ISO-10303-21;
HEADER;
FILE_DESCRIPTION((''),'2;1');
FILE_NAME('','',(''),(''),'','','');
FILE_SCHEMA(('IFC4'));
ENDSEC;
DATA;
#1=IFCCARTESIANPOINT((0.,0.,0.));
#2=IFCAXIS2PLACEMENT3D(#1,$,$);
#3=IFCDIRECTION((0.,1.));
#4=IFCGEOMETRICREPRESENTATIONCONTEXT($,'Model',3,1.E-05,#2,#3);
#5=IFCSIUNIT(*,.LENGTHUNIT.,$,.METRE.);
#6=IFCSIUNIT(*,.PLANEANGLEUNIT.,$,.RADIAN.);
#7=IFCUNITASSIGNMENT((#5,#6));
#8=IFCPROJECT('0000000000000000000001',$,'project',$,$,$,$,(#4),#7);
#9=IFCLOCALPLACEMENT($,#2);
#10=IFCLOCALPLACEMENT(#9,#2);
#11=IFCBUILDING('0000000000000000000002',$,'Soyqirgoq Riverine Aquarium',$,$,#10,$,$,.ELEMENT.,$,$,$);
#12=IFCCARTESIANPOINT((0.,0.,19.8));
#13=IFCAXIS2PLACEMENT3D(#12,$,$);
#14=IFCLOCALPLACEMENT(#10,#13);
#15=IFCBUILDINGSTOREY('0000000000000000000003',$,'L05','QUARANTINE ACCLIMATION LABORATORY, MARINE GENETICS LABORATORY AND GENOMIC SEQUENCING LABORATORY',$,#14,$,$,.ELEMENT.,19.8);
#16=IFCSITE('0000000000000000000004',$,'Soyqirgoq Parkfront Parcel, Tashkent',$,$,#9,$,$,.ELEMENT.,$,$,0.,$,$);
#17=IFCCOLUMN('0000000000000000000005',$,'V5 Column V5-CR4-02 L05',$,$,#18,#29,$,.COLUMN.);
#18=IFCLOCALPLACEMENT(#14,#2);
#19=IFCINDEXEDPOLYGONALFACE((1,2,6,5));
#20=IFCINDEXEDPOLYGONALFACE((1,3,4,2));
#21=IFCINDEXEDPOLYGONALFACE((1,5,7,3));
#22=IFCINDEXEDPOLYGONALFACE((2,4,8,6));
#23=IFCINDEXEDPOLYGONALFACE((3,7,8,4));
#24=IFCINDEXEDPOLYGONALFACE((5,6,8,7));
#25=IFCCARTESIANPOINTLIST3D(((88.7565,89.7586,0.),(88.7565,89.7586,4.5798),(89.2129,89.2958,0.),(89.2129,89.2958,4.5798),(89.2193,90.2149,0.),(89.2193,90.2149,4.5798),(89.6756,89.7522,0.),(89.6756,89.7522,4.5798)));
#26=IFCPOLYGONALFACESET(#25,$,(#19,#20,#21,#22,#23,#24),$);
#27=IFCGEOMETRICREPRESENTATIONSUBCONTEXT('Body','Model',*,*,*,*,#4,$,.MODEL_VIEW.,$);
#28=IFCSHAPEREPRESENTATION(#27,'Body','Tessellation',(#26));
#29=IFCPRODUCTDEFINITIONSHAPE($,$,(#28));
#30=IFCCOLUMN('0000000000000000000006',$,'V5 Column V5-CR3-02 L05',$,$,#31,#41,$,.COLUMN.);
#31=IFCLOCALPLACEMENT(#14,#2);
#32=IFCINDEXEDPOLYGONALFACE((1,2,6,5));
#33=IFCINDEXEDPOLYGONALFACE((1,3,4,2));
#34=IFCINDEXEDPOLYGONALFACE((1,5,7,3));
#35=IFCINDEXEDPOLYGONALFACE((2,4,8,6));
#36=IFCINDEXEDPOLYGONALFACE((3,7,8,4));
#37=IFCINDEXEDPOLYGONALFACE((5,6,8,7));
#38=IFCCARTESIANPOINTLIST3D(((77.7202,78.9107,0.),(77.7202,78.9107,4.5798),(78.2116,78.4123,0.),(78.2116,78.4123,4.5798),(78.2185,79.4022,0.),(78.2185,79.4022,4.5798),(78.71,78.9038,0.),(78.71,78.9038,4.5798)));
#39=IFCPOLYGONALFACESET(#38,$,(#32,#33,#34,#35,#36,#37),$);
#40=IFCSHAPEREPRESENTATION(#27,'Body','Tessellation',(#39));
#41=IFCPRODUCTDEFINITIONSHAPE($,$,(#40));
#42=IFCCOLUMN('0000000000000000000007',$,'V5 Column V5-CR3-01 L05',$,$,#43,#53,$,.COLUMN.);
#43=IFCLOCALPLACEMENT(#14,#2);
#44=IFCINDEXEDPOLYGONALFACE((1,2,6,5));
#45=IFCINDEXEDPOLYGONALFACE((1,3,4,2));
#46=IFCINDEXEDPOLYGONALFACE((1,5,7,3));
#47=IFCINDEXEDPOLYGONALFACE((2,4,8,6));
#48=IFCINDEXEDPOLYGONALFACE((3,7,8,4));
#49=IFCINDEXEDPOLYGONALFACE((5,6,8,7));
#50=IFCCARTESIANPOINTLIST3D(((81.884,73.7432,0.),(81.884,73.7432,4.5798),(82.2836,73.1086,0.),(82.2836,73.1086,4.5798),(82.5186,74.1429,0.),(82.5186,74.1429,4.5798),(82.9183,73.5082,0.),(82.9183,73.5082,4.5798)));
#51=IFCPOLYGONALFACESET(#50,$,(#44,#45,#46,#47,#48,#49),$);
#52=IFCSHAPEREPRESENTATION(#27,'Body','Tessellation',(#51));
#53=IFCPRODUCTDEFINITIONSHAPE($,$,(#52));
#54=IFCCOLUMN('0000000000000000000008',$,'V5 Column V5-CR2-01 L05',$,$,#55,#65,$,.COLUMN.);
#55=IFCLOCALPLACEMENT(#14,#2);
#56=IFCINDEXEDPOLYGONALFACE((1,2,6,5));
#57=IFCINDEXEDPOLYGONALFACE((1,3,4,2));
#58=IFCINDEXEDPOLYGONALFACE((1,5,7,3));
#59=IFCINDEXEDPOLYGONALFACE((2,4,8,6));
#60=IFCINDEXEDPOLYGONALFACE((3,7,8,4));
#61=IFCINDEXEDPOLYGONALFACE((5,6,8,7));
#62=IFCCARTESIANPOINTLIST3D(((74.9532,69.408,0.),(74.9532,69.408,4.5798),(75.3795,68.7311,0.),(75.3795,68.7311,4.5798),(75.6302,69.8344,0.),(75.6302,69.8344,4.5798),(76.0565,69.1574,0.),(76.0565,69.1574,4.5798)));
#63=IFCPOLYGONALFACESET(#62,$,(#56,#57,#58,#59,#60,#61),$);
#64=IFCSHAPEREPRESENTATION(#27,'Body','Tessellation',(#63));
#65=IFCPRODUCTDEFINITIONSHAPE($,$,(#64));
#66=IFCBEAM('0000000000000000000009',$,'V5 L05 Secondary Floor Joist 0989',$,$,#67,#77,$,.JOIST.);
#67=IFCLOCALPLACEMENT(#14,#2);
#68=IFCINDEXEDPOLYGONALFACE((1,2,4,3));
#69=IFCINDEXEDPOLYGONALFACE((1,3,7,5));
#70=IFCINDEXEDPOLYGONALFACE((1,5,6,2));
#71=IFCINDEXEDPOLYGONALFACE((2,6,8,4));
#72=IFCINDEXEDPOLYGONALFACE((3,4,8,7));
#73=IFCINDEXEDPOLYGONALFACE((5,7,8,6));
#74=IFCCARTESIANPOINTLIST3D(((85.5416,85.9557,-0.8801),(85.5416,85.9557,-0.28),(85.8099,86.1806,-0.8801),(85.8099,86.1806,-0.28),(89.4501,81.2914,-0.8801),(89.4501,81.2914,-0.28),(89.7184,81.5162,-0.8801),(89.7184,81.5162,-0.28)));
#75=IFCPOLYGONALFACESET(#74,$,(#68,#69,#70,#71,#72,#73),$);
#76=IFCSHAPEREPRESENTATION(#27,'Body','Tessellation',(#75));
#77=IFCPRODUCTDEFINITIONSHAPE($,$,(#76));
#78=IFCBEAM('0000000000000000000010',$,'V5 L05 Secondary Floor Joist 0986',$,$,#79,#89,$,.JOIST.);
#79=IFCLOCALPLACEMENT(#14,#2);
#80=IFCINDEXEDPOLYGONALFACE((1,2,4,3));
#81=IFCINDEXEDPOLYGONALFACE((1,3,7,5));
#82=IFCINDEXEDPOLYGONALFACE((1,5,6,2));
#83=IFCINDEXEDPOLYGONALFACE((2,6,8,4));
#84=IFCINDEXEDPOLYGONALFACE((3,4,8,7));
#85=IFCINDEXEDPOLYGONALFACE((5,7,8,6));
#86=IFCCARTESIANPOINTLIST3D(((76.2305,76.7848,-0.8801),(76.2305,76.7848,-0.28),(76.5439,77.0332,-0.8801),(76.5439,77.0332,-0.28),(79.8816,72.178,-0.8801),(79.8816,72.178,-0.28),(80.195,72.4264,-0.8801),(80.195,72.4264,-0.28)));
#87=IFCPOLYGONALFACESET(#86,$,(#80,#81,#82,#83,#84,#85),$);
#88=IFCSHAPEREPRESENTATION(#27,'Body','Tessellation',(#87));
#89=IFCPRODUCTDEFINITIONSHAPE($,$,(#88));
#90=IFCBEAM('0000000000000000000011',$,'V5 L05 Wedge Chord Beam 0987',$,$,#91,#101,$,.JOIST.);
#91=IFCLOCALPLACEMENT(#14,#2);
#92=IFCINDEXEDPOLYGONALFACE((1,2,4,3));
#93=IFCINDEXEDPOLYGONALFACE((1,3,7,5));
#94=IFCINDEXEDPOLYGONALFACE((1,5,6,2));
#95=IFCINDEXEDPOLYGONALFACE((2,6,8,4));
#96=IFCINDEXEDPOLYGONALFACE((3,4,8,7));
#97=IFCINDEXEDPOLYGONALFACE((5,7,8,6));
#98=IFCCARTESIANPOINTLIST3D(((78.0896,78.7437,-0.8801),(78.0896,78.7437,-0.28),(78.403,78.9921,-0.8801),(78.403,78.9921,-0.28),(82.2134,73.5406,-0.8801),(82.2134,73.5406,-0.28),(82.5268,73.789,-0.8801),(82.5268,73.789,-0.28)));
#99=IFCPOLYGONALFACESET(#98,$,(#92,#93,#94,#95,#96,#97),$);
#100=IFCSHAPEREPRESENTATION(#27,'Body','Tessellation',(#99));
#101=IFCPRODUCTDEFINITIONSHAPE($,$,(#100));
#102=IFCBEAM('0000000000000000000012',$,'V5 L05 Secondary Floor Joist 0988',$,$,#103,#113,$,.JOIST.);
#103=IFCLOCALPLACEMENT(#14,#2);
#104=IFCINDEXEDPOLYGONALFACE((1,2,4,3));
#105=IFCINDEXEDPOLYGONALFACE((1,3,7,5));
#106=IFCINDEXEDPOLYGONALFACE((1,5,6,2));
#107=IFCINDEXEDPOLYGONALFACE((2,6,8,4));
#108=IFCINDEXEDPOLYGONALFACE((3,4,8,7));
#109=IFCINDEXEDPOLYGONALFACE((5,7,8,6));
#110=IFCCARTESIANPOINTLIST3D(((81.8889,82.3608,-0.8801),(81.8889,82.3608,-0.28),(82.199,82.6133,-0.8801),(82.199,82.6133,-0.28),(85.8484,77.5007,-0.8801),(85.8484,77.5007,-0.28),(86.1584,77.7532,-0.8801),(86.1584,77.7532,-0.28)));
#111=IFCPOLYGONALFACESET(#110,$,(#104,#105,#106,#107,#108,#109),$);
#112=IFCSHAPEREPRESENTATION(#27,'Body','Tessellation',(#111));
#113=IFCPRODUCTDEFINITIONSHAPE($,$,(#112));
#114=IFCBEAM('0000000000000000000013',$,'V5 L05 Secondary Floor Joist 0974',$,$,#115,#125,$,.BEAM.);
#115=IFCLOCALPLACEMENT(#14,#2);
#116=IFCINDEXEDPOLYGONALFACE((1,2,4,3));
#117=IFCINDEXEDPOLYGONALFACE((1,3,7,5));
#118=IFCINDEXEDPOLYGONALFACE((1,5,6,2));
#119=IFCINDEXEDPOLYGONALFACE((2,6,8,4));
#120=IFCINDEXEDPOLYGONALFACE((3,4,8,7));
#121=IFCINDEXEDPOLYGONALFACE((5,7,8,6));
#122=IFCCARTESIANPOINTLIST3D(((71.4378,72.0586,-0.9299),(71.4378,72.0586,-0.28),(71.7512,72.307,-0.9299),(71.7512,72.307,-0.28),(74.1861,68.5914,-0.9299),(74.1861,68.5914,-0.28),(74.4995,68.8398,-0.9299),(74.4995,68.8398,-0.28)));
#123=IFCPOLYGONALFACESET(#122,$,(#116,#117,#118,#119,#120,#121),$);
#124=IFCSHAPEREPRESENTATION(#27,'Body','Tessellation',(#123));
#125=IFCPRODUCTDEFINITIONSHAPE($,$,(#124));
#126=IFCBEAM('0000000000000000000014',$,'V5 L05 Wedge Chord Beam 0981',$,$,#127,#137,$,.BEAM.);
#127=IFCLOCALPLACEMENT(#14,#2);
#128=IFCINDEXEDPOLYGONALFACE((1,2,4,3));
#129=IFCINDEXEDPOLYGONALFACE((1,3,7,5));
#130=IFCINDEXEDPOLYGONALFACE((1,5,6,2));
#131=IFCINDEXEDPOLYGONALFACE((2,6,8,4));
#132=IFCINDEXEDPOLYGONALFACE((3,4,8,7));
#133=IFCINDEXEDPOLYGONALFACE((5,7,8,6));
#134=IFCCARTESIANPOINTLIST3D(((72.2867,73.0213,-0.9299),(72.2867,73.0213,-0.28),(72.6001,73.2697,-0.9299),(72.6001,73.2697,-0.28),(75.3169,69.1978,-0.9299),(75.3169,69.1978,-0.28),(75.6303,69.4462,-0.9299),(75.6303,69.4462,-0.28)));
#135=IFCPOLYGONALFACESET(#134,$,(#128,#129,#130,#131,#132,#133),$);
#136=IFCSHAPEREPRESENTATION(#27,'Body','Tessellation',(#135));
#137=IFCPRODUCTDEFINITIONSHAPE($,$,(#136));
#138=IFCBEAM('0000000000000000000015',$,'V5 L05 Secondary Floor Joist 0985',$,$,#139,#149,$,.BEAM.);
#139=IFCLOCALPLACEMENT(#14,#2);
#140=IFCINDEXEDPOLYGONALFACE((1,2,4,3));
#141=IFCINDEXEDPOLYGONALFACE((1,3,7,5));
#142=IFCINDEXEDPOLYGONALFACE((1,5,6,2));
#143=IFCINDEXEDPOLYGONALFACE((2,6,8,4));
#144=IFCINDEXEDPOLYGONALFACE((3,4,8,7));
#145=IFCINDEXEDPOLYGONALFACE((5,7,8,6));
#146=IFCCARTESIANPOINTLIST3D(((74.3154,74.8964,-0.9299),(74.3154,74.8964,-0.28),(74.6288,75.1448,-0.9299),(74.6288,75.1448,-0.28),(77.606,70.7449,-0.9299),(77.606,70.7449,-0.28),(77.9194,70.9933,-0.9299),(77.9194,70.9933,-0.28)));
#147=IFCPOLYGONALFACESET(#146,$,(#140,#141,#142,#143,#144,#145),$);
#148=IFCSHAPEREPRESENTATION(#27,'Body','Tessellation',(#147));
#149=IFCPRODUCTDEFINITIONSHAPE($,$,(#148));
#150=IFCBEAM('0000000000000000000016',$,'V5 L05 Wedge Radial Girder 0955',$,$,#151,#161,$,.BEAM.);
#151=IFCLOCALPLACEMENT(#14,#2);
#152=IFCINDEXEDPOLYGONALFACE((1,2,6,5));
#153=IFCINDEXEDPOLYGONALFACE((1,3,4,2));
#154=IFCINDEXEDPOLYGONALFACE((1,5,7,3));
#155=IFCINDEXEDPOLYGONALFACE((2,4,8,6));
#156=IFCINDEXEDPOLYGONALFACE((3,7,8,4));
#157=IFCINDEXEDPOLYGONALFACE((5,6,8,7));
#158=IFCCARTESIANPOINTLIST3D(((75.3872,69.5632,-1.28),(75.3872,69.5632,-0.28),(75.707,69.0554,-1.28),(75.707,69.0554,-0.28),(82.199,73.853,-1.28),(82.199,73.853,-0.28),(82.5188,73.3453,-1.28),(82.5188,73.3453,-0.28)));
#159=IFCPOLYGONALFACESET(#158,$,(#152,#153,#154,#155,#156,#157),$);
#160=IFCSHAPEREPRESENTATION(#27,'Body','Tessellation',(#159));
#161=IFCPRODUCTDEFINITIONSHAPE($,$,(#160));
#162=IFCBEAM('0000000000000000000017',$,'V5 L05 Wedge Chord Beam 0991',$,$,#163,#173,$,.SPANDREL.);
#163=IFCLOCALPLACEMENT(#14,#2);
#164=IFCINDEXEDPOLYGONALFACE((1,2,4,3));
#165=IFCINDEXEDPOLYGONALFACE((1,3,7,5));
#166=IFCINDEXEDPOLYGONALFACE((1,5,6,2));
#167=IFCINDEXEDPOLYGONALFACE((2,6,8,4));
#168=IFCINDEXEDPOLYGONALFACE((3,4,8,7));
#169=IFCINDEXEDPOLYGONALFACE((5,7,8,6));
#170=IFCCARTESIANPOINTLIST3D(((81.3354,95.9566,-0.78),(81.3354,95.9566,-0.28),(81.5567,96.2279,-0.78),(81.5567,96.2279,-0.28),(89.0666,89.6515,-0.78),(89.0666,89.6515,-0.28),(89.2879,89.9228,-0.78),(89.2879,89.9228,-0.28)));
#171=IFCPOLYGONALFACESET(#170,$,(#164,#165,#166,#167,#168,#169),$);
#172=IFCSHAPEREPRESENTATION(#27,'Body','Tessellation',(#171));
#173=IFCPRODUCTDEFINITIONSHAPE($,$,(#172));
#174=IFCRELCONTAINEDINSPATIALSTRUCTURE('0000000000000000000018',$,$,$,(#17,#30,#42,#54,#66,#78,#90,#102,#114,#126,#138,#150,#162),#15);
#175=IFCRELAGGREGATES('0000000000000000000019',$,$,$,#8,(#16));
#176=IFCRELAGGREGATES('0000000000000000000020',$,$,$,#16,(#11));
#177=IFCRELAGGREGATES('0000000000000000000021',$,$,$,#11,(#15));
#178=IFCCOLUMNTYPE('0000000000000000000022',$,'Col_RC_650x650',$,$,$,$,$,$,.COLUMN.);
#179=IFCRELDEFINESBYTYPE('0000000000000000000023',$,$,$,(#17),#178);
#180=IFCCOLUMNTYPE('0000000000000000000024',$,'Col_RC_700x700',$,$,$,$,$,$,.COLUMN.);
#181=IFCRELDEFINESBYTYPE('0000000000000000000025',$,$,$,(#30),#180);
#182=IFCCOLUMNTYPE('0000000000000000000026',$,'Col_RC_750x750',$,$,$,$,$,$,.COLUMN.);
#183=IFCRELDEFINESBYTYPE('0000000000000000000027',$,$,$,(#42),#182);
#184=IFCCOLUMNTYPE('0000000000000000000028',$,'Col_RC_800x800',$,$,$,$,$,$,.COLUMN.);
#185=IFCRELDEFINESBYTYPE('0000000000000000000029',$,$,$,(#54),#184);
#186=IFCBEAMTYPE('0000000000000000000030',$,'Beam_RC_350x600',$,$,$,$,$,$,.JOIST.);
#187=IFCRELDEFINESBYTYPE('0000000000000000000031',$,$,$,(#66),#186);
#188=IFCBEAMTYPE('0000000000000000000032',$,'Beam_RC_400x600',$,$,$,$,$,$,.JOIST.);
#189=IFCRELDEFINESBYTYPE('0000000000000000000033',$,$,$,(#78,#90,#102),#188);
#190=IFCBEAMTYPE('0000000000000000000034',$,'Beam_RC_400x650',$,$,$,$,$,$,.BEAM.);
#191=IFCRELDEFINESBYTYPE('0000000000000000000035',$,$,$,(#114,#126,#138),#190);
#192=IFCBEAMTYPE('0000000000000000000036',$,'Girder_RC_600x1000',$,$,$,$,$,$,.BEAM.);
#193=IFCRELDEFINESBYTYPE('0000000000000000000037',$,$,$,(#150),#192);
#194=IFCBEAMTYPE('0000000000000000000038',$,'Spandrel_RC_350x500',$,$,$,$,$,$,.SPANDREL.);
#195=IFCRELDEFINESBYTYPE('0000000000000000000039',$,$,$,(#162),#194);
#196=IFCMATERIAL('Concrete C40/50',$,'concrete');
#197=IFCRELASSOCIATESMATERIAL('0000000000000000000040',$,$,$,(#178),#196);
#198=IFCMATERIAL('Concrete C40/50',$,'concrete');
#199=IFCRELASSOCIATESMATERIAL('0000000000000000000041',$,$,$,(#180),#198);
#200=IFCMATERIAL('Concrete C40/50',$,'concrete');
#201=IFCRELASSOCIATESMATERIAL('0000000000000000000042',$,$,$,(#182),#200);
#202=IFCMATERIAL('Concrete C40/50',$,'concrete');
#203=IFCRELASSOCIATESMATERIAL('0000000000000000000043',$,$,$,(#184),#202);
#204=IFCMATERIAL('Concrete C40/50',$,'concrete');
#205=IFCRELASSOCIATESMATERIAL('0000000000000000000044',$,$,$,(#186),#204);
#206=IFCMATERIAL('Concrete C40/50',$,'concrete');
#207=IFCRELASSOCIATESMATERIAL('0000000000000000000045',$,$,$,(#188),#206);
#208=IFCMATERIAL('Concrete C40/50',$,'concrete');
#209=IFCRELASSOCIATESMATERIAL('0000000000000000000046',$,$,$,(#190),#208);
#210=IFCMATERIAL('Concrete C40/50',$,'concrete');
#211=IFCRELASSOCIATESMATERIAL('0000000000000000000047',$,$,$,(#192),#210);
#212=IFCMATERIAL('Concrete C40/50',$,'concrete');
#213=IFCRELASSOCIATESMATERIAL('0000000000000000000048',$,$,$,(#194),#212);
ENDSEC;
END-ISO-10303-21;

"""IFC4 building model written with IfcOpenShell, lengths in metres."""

from ifc_helpers import new_model, si_unit, direction, frame, origin, origin_2d, place, context, subcontext, project, spatial, rectangle, extrude, material, material_profile, profile_set, type_object, element, save


model = new_model("IFC4")

# Units and contexts
model_context = context("Model", 3, precision=1e-05, world=origin(), true_north=direction((0.0, 1.0)))
body_context = subcontext(model_context, "Body", "Model", "MODEL_VIEW")
ifc_project = project(units=[si_unit("LENGTHUNIT", "METRE"), si_unit("PLANEANGLEUNIT", "RADIAN")], contexts=[model_context])

# Site, building, storey
site_placement = place(None, origin())
site = spatial("IfcSite", under=ifc_project, at=site_placement, Name="Soyqirgoq Parkfront Parcel, Tashkent", CompositionType="ELEMENT", RefElevation=0.0)
building_placement = place(site_placement, origin())
building = spatial("IfcBuilding", under=site, at=building_placement, Name="Soyqirgoq Riverine Aquarium", CompositionType="ELEMENT")
storey_placement = place(building_placement, frame((0.0, 0.0, 19.8)))
storey = spatial("IfcBuildingStorey", under=building, at=storey_placement, Name="L05", Description="QUARANTINE ACCLIMATION LABORATORY, MARINE GENETICS LABORATORY AND GENOMIC SEQUENCING LABORATORY", CompositionType="ELEMENT", Elevation=19.8)

# Columns
ifc_material_1 = material(Name="Concrete C40/50", Category="concrete")
ifc_material_profile_1 = material_profile(ifc_material_1, rectangle(XDim=0.6499, YDim=0.6499, at=origin_2d()), Name="RC 650x650")
ifc_profile_set_1 = profile_set([ifc_material_profile_1], Name="Concrete C40/50")
column_type_1 = type_object("IfcColumnType", Name="Col_RC_650x650", PredefinedType="COLUMN", material=ifc_profile_set_1)
column_1_placement = place(storey_placement, frame((89.2161, 89.7554, 0.0), z_axis=(0.0, 0.0, 1.0), x_axis=(0.712026, 0.702153, 0.0)))
element("IfcColumn", 1, at=column_1_placement, inside=storey, type_object=column_type_1, Name="V5 Column V5-CR4-02 L05", PredefinedType="COLUMN", context=body_context, shape_type="SweptSolid", body=[
    extrude(rectangle(XDim=0.6499, YDim=0.6499, at=origin_2d()), origin(), (0.0, 0.0, 1.0), 4.5798),
])
ifc_material_2 = material(Name="Concrete C40/50", Category="concrete")
ifc_material_profile_2 = material_profile(ifc_material_2, rectangle(XDim=0.7, YDim=0.7, at=origin_2d()), Name="RC 700x700")
ifc_profile_set_2 = profile_set([ifc_material_profile_2], Name="Concrete C40/50")
column_type_2 = type_object("IfcColumnType", Name="Col_RC_700x700", PredefinedType="COLUMN", material=ifc_profile_set_2)
column_2_placement = place(storey_placement, frame((78.2151, 78.9072, 0.0), z_axis=(0.0, 0.0, 1.0), x_axis=(0.712026, 0.702153, 0.0)))
element("IfcColumn", 2, at=column_2_placement, inside=storey, type_object=column_type_2, Name="V5 Column V5-CR3-02 L05", PredefinedType="COLUMN", context=body_context, shape_type="SweptSolid", body=[
    extrude(rectangle(XDim=0.7, YDim=0.7, at=origin_2d()), origin(), (0.0, 0.0, 1.0), 4.5798),
])
ifc_material_3 = material(Name="Concrete C40/50", Category="concrete")
ifc_material_profile_3 = material_profile(ifc_material_3, rectangle(XDim=0.75, YDim=0.75, at=origin_2d()), Name="RC 750x750")
ifc_profile_set_3 = profile_set([ifc_material_profile_3], Name="Concrete C40/50")
column_type_3 = type_object("IfcColumnType", Name="Col_RC_750x750", PredefinedType="COLUMN", material=ifc_profile_set_3)
column_3_placement = place(storey_placement, frame((82.4011, 73.6257, 0.0), z_axis=(0.0, 0.0, 1.0), x_axis=(0.846193, 0.532876, 0.0)))
element("IfcColumn", 3, at=column_3_placement, inside=storey, type_object=column_type_3, Name="V5 Column V5-CR3-01 L05", PredefinedType="COLUMN", context=body_context, shape_type="SweptSolid", body=[
    extrude(rectangle(XDim=0.75, YDim=0.75, at=origin_2d()), origin(), (0.0, 0.0, 1.0), 4.5798),
])
ifc_material_4 = material(Name="Concrete C40/50", Category="concrete")
ifc_material_profile_4 = material_profile(ifc_material_4, rectangle(XDim=0.8, YDim=0.8, at=origin_2d()), Name="RC 800x800")
ifc_profile_set_4 = profile_set([ifc_material_profile_4], Name="Concrete C40/50")
column_type_4 = type_object("IfcColumnType", Name="Col_RC_800x800", PredefinedType="COLUMN", material=ifc_profile_set_4)
column_4_placement = place(storey_placement, frame((75.5049, 69.2827, 0.0), z_axis=(0.0, 0.0, 1.0), x_axis=(0.846193, 0.532876, 0.0)))
element("IfcColumn", 4, at=column_4_placement, inside=storey, type_object=column_type_4, Name="V5 Column V5-CR2-01 L05", PredefinedType="COLUMN", context=body_context, shape_type="SweptSolid", body=[
    extrude(rectangle(XDim=0.8, YDim=0.8, at=origin_2d()), origin(), (0.0, 0.0, 1.0), 4.5798),
])

# Beams
ifc_material_5 = material(Name="Concrete C40/50", Category="concrete")
ifc_material_profile_5 = material_profile(ifc_material_5, rectangle(XDim=0.3501, YDim=0.6001, at=origin_2d()), Name="RC 350x600")
ifc_profile_set_5 = profile_set([ifc_material_profile_5], Name="Concrete C40/50")
beam_type_1 = type_object("IfcBeamType", Name="Beam_RC_350x600", PredefinedType="JOIST", material=ifc_profile_set_5)
beam_1_placement = place(storey_placement, frame((89.5842, 81.4038, -0.5801), z_axis=(-0.64227, 0.766479, 0.0), x_axis=(-0.766479, -0.64227, 0.0)))
element("IfcBeam", 5, at=beam_1_placement, inside=storey, type_object=beam_type_1, Name="V5 L05 Secondary Floor Joist 0989", PredefinedType="JOIST", context=body_context, shape_type="SweptSolid", body=[
    extrude(rectangle(XDim=0.3501, YDim=0.6001, at=origin_2d()), origin(), (0.0, 0.0, 1.0), 6.0854),
])
ifc_material_6 = material(Name="Concrete C40/50", Category="concrete")
ifc_material_profile_6 = material_profile(ifc_material_6, rectangle(XDim=0.3999, YDim=0.6001, at=origin_2d()), Name="RC 400x600")
ifc_profile_set_6 = profile_set([ifc_material_profile_6], Name="Concrete C40/50")
beam_type_2 = type_object("IfcBeamType", Name="Beam_RC_400x600", PredefinedType="JOIST", material=ifc_profile_set_6)
beam_2_placement = place(storey_placement, frame((80.0383, 72.3022, -0.5801), z_axis=(-0.621138, 0.783701, 0.0), x_axis=(-0.783701, -0.621138, 0.0)))
element("IfcBeam", 6, at=beam_2_placement, inside=storey, type_object=beam_type_2, Name="V5 L05 Secondary Floor Joist 0986", PredefinedType="JOIST", context=body_context, shape_type="SweptSolid", body=[
    extrude(rectangle(XDim=0.3999, YDim=0.6001, at=origin_2d()), origin(), (0.0, 0.0, 1.0), 5.8782),
])
beam_3_placement = place(storey_placement, frame((82.3701, 73.6648, -0.5801), z_axis=(-0.621132, 0.783706, 0.0), x_axis=(-0.783706, -0.621132, 0.0)))
element("IfcBeam", 7, at=beam_3_placement, inside=storey, type_object=beam_type_2, Name="V5 L05 Wedge Chord Beam 0987", PredefinedType="JOIST", context=body_context, shape_type="SweptSolid", body=[
    extrude(rectangle(XDim=0.3999, YDim=0.6001, at=origin_2d()), origin(), (0.0, 0.0, 1.0), 6.6392),
])
beam_4_placement = place(storey_placement, frame((86.0034, 77.627, -0.5801), z_axis=(-0.631614, 0.775283, 0.0), x_axis=(-0.775283, -0.631614, 0.0)))
element("IfcBeam", 8, at=beam_4_placement, inside=storey, type_object=beam_type_2, Name="V5 L05 Secondary Floor Joist 0988", PredefinedType="JOIST", context=body_context, shape_type="SweptSolid", body=[
    extrude(rectangle(XDim=0.3999, YDim=0.6001, at=origin_2d()), origin(), (0.0, 0.0, 1.0), 6.2688),
])
ifc_material_7 = material(Name="Concrete C40/50", Category="concrete")
ifc_material_profile_7 = material_profile(ifc_material_7, rectangle(XDim=0.3999, YDim=0.6499, at=origin_2d()), Name="RC 400x650")
ifc_profile_set_7 = profile_set([ifc_material_profile_7], Name="Concrete C40/50")
beam_type_3 = type_object("IfcBeamType", Name="Beam_RC_400x650", PredefinedType="BEAM", material=ifc_profile_set_7)
beam_5_placement = place(storey_placement, frame((74.3428, 68.7156, -0.605), z_axis=(-0.621169, 0.783676, 0.0), x_axis=(-0.783676, -0.621169, 0.0)))
element("IfcBeam", 9, at=beam_5_placement, inside=storey, type_object=beam_type_3, Name="V5 L05 Secondary Floor Joist 0974", PredefinedType="BEAM", context=body_context, shape_type="SweptSolid", body=[
    extrude(rectangle(XDim=0.3999, YDim=0.6499, at=origin_2d()), origin(), (0.0, 0.0, 1.0), 4.4243),
])
beam_6_placement = place(storey_placement, frame((75.4736, 69.322, -0.605), z_axis=(-0.621125, 0.783712, 0.0), x_axis=(-0.783712, -0.621125, 0.0)))
element("IfcBeam", 10, at=beam_6_placement, inside=storey, type_object=beam_type_3, Name="V5 L05 Wedge Chord Beam 0981", PredefinedType="BEAM", context=body_context, shape_type="SweptSolid", body=[
    extrude(rectangle(XDim=0.3999, YDim=0.6499, at=origin_2d()), origin(), (0.0, 0.0, 1.0), 4.8787),
])
beam_7_placement = place(storey_placement, frame((77.7627, 70.8691, -0.605), z_axis=(-0.62117, 0.783676, 0.0), x_axis=(-0.783676, -0.62117, 0.0)))
element("IfcBeam", 11, at=beam_7_placement, inside=storey, type_object=beam_type_3, Name="V5 L05 Secondary Floor Joist 0985", PredefinedType="BEAM", context=body_context, shape_type="SweptSolid", body=[
    extrude(rectangle(XDim=0.3999, YDim=0.6499, at=origin_2d()), origin(), (0.0, 0.0, 1.0), 5.2974),
])
ifc_material_8 = material(Name="Concrete C40/50", Category="concrete")
ifc_material_profile_8 = material_profile(ifc_material_8, rectangle(XDim=0.6001, YDim=1.0, at=origin_2d()), Name="RC 600x1000")
ifc_profile_set_8 = profile_set([ifc_material_profile_8], Name="Concrete C40/50")
beam_type_4 = type_object("IfcBeamType", Name="Girder_RC_600x1000", PredefinedType="BEAM", material=ifc_profile_set_8)
beam_8_placement = place(storey_placement, frame((75.5471, 69.3093, -0.78), z_axis=(0.846182, 0.532894, 0.0), x_axis=(-0.532894, 0.846182, 0.0)))
element("IfcBeam", 12, at=beam_8_placement, inside=storey, type_object=beam_type_4, Name="V5 L05 Wedge Radial Girder 0955", PredefinedType="BEAM", context=body_context, shape_type="SweptSolid", body=[
    extrude(rectangle(XDim=0.6001, YDim=1.0, at=origin_2d()), origin(), (0.0, 0.0, 1.0), 8.05),
])
ifc_material_9 = material(Name="Concrete C40/50", Category="concrete")
ifc_material_profile_9 = material_profile(ifc_material_9, rectangle(XDim=0.3501, YDim=0.5, at=origin_2d()), Name="RC 350x500")
ifc_profile_set_9 = profile_set([ifc_material_profile_9], Name="Concrete C40/50")
beam_type_5 = type_object("IfcBeamType", Name="Spandrel_RC_350x500", PredefinedType="SPANDREL", material=ifc_profile_set_9)
beam_9_placement = place(storey_placement, frame((89.1772, 89.7871, -0.53), z_axis=(-0.774956, 0.632015, 0.0), x_axis=(-0.632015, -0.774956, 0.0)))
element("IfcBeam", 13, at=beam_9_placement, inside=storey, type_object=beam_type_5, Name="V5 L05 Wedge Chord Beam 0991", PredefinedType="SPANDREL", context=body_context, shape_type="SweptSolid", body=[
    extrude(rectangle(XDim=0.3501, YDim=0.5, at=origin_2d()), origin(), (0.0, 0.0, 1.0), 9.9763),
])

save(model, "model.ifc")
